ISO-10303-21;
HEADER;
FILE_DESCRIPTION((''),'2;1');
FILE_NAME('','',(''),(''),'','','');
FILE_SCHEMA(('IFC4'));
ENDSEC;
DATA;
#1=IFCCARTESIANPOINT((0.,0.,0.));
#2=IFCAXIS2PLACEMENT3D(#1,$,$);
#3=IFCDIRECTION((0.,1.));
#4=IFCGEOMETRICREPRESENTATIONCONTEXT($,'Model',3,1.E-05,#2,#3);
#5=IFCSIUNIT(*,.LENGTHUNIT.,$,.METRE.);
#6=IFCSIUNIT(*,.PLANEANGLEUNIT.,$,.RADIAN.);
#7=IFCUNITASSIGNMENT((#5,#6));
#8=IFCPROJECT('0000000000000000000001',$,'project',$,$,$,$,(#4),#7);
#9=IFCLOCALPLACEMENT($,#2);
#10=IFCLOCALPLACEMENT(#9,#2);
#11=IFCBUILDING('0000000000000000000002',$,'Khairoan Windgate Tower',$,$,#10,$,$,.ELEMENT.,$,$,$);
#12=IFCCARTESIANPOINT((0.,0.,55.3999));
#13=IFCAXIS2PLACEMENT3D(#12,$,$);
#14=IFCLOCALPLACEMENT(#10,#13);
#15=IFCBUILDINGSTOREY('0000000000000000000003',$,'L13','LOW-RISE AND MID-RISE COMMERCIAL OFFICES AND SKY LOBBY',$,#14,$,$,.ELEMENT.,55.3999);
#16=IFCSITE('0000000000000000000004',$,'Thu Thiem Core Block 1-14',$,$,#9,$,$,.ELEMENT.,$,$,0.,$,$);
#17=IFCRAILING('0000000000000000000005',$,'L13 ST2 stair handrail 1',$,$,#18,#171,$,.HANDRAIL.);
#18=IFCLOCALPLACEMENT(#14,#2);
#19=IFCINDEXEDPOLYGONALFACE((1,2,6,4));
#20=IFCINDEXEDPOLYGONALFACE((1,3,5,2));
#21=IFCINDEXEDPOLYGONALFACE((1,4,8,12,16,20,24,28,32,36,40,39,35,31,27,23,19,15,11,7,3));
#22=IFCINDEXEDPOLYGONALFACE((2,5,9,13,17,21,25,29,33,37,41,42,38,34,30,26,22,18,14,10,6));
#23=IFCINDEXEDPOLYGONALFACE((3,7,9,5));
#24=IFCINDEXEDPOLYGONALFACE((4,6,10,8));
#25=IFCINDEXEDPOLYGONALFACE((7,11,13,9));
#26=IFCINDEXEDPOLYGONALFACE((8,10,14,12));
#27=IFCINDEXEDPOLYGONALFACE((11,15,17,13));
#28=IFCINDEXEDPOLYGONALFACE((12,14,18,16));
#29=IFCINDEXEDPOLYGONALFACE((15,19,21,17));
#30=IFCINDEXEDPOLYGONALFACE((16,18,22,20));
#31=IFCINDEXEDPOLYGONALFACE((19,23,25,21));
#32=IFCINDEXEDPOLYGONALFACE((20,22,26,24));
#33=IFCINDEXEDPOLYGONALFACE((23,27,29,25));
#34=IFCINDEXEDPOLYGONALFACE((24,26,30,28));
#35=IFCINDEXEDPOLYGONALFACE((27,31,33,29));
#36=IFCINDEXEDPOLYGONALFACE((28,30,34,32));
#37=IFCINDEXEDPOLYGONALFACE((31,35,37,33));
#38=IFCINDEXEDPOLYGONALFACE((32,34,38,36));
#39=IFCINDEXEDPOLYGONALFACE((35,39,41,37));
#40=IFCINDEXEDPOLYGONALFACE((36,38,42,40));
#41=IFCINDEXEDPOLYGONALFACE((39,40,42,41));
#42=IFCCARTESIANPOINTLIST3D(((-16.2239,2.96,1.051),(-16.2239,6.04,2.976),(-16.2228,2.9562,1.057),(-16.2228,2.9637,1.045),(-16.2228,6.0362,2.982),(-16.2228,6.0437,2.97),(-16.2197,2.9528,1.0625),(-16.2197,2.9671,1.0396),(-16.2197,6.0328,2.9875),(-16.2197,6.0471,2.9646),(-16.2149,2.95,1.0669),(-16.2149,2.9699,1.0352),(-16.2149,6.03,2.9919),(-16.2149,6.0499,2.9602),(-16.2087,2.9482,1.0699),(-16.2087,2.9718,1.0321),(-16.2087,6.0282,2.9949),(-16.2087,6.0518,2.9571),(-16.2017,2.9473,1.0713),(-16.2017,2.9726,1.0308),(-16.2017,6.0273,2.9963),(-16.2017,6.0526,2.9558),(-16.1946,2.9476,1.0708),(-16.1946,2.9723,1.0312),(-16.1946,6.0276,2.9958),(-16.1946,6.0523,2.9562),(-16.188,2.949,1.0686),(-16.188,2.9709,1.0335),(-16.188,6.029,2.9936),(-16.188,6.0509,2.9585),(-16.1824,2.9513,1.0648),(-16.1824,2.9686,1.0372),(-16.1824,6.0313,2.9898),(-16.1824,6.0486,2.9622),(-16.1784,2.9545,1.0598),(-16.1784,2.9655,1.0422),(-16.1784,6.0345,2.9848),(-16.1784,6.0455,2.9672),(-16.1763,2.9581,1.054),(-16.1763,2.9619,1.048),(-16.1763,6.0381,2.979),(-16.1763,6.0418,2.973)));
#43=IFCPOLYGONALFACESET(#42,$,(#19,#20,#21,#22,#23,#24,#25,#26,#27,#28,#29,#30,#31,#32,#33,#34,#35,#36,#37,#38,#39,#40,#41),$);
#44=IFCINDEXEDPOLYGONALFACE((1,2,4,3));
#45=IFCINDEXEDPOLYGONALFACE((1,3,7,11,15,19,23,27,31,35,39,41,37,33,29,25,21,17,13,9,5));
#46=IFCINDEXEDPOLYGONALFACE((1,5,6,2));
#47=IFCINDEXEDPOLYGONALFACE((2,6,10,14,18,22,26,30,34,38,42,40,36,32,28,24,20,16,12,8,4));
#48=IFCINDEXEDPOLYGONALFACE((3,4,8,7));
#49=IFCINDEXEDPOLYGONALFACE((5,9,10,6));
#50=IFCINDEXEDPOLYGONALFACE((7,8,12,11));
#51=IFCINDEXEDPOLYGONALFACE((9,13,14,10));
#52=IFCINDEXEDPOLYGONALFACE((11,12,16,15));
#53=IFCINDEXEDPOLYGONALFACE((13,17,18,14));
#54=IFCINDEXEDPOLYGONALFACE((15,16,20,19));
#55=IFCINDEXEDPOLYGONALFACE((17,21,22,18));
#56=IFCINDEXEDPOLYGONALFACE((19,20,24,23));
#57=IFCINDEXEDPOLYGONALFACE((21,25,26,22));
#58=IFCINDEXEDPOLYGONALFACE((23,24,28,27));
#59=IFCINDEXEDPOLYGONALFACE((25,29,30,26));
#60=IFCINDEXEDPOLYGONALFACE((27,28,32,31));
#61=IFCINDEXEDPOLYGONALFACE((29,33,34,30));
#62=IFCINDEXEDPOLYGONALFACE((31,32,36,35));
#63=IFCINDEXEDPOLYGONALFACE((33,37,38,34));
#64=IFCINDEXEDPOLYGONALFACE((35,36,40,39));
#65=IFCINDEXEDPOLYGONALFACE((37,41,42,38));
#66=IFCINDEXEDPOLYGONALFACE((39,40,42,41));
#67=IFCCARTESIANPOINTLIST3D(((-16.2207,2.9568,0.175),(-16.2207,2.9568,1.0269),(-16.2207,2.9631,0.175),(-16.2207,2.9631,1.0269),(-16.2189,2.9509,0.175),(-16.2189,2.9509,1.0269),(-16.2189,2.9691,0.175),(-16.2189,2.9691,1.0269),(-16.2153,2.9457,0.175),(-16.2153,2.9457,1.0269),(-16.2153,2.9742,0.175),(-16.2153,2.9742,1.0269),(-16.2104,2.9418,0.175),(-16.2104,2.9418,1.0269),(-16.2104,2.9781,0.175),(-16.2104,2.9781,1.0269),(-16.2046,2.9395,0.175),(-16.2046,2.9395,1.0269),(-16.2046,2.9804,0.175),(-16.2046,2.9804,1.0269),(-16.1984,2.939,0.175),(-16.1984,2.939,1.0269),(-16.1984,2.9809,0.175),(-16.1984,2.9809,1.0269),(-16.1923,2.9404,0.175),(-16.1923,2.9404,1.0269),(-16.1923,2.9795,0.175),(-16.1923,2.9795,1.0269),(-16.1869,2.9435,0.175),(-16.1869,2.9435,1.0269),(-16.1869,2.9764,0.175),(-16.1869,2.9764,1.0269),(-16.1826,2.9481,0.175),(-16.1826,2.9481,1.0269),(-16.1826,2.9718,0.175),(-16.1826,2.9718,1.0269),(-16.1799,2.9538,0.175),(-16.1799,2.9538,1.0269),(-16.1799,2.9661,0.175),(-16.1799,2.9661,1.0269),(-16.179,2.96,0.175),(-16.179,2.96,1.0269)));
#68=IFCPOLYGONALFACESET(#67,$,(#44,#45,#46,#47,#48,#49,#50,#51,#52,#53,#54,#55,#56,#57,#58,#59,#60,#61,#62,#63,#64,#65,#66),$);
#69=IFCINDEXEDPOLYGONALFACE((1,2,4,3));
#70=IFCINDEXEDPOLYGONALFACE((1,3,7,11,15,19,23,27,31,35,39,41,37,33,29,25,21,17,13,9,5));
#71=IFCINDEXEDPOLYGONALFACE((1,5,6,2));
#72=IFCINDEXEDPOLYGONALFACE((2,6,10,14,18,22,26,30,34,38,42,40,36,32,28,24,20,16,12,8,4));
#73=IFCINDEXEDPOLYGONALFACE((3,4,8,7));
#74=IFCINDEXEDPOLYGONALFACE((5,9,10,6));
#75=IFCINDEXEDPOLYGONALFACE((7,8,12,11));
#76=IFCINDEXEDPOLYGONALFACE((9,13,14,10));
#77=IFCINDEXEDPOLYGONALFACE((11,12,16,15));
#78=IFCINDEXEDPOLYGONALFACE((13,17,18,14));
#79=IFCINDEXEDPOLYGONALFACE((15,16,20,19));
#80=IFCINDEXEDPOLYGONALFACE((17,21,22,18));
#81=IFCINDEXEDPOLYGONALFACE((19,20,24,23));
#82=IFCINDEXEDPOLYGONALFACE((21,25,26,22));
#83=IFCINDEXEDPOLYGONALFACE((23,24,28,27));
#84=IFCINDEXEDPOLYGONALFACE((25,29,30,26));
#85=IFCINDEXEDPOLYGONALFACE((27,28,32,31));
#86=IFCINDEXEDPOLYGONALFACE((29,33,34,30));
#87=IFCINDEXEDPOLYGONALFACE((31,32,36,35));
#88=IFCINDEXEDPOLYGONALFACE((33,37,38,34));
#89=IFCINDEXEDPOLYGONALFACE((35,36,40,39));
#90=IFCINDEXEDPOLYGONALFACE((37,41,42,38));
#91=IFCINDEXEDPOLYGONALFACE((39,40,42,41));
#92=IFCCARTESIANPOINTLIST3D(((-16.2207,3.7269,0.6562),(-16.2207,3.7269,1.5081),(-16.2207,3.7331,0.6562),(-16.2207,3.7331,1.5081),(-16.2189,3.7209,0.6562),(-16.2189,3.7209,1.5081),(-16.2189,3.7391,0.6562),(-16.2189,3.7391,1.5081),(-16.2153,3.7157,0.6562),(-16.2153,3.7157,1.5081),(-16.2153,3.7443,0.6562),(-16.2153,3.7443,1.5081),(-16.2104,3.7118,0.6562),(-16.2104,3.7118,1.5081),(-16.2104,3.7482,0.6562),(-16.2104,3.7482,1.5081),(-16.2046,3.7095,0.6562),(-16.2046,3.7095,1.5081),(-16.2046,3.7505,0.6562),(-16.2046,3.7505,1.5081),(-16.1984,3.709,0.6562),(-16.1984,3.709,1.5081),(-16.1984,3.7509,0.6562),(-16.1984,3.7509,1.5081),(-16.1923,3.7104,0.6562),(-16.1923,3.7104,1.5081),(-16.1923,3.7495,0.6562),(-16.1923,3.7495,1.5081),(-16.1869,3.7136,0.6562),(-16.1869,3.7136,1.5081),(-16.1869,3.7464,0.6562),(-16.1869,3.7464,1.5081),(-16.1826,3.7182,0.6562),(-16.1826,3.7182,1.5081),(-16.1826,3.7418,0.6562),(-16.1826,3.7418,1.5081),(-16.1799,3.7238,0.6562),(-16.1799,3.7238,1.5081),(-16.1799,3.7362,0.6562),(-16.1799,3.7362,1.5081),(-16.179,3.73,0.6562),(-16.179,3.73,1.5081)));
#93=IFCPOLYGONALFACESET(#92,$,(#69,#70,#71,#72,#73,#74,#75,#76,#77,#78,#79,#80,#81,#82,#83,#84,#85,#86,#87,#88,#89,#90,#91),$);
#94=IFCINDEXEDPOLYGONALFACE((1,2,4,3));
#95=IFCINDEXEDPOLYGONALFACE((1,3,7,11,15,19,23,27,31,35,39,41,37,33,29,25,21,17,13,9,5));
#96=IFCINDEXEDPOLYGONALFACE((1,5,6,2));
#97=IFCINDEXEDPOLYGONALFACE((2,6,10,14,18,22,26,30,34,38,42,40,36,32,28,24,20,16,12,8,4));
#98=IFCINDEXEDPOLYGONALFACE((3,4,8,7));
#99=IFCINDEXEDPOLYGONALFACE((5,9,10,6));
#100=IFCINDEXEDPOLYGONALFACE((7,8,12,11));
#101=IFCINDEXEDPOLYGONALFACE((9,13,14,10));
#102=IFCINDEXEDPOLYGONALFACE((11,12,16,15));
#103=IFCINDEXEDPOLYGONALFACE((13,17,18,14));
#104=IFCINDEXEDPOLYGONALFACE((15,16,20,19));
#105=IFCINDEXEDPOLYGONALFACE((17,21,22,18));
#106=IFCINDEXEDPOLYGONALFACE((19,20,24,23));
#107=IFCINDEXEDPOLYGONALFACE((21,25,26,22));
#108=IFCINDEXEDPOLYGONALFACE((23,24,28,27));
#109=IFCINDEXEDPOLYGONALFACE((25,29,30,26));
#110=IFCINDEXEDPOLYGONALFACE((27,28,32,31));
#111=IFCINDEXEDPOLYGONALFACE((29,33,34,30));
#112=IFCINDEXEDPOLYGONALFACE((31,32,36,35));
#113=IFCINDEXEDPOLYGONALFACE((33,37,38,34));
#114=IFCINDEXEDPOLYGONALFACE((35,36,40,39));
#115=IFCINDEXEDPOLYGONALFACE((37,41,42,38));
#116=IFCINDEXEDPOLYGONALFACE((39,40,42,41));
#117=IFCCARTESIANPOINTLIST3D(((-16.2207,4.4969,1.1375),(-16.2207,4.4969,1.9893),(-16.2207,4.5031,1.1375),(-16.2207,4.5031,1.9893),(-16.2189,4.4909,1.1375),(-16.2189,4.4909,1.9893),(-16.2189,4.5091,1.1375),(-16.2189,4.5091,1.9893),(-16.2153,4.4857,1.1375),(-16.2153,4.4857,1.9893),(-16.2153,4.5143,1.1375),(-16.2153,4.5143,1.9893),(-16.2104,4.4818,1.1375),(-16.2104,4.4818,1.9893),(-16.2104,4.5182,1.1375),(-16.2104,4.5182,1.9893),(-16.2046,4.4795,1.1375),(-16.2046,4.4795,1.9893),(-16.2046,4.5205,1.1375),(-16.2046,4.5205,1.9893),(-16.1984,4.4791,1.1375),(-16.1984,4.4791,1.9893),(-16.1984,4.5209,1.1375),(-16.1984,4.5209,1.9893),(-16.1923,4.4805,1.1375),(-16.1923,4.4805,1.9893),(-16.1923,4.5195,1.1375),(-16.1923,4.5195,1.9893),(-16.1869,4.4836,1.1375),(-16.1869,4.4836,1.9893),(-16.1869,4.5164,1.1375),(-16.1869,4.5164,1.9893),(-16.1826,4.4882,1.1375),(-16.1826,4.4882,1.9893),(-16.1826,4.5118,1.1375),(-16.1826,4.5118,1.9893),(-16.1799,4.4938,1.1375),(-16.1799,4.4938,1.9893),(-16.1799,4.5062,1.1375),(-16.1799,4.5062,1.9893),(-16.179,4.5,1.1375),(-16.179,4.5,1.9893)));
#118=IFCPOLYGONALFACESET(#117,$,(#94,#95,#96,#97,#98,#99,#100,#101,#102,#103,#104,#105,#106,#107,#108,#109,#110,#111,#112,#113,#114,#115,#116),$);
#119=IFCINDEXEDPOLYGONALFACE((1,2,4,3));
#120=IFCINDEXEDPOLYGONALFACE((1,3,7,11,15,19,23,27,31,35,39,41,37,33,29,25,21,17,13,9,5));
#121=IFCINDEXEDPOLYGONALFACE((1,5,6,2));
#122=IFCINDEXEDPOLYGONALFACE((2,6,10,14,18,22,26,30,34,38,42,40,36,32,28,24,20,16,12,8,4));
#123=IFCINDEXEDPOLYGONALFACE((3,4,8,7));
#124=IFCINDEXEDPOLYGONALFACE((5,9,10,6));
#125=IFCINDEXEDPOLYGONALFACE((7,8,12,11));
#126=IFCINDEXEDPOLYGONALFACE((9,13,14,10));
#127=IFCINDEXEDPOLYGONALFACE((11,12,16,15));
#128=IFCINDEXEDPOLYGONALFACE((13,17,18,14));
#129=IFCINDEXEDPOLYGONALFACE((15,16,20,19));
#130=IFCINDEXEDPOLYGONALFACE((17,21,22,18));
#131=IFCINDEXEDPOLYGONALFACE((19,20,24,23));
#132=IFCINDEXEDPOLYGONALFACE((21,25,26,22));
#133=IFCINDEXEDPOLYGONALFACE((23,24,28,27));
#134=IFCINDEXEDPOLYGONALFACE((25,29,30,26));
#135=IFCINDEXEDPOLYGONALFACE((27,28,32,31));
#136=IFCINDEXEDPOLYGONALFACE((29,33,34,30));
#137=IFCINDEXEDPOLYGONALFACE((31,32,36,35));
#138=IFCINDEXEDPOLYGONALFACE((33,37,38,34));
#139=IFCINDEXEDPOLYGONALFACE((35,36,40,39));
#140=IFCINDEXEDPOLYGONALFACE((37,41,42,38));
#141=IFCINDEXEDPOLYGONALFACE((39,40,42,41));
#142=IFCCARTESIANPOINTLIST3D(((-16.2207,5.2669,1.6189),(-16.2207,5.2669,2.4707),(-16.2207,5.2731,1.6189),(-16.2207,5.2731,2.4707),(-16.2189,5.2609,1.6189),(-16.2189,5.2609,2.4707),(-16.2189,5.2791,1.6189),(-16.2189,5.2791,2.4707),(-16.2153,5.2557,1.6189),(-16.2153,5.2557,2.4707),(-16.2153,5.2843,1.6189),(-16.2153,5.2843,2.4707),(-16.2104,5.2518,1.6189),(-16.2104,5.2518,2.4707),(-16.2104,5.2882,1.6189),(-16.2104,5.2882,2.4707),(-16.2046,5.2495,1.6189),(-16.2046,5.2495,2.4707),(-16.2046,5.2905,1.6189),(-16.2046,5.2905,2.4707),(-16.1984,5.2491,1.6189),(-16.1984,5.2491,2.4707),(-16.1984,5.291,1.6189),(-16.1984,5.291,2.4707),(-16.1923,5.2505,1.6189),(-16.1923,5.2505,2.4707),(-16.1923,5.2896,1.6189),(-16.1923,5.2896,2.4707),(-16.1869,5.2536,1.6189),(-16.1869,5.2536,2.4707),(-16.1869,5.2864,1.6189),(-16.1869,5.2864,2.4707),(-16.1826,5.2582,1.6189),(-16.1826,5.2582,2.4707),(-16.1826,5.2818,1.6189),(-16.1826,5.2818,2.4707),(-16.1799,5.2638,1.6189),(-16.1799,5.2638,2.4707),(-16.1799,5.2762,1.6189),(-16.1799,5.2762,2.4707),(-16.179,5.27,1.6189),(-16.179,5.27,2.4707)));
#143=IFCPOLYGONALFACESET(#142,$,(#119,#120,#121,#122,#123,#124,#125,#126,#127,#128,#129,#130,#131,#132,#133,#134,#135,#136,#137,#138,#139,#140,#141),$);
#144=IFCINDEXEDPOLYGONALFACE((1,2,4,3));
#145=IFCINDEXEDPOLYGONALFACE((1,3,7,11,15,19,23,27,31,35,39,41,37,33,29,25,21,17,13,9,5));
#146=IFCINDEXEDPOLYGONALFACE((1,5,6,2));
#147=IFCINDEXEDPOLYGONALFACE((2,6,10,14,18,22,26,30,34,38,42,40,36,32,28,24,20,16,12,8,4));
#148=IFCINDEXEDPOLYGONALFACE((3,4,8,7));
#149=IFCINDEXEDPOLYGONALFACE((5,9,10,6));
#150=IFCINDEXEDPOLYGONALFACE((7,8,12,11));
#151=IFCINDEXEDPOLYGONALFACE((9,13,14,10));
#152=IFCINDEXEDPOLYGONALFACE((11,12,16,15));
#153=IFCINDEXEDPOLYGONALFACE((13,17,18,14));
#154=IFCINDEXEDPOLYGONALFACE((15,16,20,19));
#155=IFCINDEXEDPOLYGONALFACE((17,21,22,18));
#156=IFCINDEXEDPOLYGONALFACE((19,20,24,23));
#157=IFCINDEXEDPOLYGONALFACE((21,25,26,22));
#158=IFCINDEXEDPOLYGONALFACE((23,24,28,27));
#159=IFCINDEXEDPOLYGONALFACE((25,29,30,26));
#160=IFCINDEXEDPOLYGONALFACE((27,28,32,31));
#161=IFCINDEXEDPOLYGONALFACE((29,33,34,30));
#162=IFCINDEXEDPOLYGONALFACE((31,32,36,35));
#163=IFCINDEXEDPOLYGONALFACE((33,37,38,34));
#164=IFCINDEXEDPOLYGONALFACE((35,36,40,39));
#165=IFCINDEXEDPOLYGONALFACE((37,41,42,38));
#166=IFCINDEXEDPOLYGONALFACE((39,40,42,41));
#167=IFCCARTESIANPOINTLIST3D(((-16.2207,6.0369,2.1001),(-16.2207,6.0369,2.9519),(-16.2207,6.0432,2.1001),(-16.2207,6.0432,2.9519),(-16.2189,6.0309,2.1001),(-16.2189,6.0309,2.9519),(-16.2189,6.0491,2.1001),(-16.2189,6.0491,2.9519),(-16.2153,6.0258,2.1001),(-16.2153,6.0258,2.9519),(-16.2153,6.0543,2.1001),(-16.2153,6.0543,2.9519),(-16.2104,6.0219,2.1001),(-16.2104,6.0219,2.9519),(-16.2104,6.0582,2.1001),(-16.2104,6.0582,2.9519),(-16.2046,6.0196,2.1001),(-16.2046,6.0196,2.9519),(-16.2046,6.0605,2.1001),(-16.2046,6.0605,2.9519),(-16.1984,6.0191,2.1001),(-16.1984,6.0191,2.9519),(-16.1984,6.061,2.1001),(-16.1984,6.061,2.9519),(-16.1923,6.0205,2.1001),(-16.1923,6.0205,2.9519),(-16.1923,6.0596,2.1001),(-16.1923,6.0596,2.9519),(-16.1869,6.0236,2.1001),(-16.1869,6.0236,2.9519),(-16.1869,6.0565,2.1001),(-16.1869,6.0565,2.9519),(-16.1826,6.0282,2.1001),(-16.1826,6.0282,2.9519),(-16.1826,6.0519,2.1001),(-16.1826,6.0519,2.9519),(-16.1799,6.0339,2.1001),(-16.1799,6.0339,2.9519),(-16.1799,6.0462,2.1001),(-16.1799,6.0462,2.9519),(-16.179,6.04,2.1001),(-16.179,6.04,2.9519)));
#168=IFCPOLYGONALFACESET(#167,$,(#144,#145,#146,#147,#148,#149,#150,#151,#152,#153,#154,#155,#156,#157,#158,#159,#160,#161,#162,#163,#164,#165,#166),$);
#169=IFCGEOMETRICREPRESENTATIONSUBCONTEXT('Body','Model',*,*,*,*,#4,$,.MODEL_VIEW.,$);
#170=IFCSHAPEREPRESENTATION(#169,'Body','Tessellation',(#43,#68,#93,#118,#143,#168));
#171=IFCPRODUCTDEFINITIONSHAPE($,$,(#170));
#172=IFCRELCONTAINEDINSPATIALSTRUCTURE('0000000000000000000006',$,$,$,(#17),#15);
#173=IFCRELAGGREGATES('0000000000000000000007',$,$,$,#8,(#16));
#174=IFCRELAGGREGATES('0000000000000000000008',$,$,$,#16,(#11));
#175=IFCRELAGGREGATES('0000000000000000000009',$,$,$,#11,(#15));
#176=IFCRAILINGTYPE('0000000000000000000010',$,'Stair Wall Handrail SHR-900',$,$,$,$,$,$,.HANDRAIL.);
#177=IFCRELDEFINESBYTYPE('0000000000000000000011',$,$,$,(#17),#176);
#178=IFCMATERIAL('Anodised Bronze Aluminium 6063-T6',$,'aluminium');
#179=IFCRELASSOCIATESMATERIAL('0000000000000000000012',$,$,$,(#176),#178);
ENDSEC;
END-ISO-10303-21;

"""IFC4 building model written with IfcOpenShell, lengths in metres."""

from ifc_helpers import new_model, si_unit, direction, frame, origin, origin_2d, place, context, subcontext, project, spatial, circle, extrude, material, type_object, element, save


model = new_model("IFC4")

# Units and contexts
model_context = context("Model", 3, precision=1e-05, world=origin(), true_north=direction((0.0, 1.0)))
body_context = subcontext(model_context, "Body", "Model", "MODEL_VIEW")
ifc_project = project(units=[si_unit("LENGTHUNIT", "METRE"), si_unit("PLANEANGLEUNIT", "RADIAN")], contexts=[model_context])

# Site, building, storey
site_placement = place(None, origin())
site = spatial("IfcSite", under=ifc_project, at=site_placement, Name="Thu Thiem Core Block 1-14", CompositionType="ELEMENT", RefElevation=0.0)
building_placement = place(site_placement, origin())
building = spatial("IfcBuilding", under=site, at=building_placement, Name="Khairoan Windgate Tower", CompositionType="ELEMENT")
storey_placement = place(building_placement, frame((0.0, 0.0, 55.3999)))
storey = spatial("IfcBuildingStorey", under=building, at=storey_placement, Name="L13", Description="LOW-RISE AND MID-RISE COMMERCIAL OFFICES AND SKY LOBBY", CompositionType="ELEMENT", Elevation=55.3999)

# Railing
ifc_material_1 = material(Name="Anodised Bronze Aluminium 6063-T6", Category="aluminium")
railing_type_1 = type_object("IfcRailingType", Name="Stair Wall Handrail SHR-900", PredefinedType="HANDRAIL", material=ifc_material_1)
railing_1_placement = place(storey_placement, frame((-16.2, 2.96, 0.175)))
element("IfcRailing", 1, at=railing_1_placement, inside=storey, type_object=railing_type_1, Name="L13 ST2 stair handrail 1", PredefinedType="HANDRAIL", context=body_context, shape_type="SweptSolid", body=[
    extrude(circle(Radius=0.0239, at=origin_2d()), frame((0.0, 0.0, 0.876), z_axis=(0.0, 0.847998, 0.529999), x_axis=(-1.0, 0.0, 0.0)), (0.0, 0.0, 1.0), 3.6321),
    extrude(circle(Radius=0.021, at=origin_2d()), origin(), (0.0, 0.0, 1.0), 0.8518),
    extrude(circle(Radius=0.021, at=origin_2d()), frame((0.0, 0.77, 0.4812)), (0.0, 0.0, 1.0), 0.8518),
    extrude(circle(Radius=0.021, at=origin_2d()), frame((0.0, 1.54, 0.9624)), (0.0, 0.0, 1.0), 0.8518),
    extrude(circle(Radius=0.021, at=origin_2d()), frame((0.0, 2.3101, 1.4438)), (0.0, 0.0, 1.0), 0.8518),
    extrude(circle(Radius=0.021, at=origin_2d()), frame((0.0, 3.0801, 1.925)), (0.0, 0.0, 1.0), 0.8518),
])

save(model, "model.ifc")
